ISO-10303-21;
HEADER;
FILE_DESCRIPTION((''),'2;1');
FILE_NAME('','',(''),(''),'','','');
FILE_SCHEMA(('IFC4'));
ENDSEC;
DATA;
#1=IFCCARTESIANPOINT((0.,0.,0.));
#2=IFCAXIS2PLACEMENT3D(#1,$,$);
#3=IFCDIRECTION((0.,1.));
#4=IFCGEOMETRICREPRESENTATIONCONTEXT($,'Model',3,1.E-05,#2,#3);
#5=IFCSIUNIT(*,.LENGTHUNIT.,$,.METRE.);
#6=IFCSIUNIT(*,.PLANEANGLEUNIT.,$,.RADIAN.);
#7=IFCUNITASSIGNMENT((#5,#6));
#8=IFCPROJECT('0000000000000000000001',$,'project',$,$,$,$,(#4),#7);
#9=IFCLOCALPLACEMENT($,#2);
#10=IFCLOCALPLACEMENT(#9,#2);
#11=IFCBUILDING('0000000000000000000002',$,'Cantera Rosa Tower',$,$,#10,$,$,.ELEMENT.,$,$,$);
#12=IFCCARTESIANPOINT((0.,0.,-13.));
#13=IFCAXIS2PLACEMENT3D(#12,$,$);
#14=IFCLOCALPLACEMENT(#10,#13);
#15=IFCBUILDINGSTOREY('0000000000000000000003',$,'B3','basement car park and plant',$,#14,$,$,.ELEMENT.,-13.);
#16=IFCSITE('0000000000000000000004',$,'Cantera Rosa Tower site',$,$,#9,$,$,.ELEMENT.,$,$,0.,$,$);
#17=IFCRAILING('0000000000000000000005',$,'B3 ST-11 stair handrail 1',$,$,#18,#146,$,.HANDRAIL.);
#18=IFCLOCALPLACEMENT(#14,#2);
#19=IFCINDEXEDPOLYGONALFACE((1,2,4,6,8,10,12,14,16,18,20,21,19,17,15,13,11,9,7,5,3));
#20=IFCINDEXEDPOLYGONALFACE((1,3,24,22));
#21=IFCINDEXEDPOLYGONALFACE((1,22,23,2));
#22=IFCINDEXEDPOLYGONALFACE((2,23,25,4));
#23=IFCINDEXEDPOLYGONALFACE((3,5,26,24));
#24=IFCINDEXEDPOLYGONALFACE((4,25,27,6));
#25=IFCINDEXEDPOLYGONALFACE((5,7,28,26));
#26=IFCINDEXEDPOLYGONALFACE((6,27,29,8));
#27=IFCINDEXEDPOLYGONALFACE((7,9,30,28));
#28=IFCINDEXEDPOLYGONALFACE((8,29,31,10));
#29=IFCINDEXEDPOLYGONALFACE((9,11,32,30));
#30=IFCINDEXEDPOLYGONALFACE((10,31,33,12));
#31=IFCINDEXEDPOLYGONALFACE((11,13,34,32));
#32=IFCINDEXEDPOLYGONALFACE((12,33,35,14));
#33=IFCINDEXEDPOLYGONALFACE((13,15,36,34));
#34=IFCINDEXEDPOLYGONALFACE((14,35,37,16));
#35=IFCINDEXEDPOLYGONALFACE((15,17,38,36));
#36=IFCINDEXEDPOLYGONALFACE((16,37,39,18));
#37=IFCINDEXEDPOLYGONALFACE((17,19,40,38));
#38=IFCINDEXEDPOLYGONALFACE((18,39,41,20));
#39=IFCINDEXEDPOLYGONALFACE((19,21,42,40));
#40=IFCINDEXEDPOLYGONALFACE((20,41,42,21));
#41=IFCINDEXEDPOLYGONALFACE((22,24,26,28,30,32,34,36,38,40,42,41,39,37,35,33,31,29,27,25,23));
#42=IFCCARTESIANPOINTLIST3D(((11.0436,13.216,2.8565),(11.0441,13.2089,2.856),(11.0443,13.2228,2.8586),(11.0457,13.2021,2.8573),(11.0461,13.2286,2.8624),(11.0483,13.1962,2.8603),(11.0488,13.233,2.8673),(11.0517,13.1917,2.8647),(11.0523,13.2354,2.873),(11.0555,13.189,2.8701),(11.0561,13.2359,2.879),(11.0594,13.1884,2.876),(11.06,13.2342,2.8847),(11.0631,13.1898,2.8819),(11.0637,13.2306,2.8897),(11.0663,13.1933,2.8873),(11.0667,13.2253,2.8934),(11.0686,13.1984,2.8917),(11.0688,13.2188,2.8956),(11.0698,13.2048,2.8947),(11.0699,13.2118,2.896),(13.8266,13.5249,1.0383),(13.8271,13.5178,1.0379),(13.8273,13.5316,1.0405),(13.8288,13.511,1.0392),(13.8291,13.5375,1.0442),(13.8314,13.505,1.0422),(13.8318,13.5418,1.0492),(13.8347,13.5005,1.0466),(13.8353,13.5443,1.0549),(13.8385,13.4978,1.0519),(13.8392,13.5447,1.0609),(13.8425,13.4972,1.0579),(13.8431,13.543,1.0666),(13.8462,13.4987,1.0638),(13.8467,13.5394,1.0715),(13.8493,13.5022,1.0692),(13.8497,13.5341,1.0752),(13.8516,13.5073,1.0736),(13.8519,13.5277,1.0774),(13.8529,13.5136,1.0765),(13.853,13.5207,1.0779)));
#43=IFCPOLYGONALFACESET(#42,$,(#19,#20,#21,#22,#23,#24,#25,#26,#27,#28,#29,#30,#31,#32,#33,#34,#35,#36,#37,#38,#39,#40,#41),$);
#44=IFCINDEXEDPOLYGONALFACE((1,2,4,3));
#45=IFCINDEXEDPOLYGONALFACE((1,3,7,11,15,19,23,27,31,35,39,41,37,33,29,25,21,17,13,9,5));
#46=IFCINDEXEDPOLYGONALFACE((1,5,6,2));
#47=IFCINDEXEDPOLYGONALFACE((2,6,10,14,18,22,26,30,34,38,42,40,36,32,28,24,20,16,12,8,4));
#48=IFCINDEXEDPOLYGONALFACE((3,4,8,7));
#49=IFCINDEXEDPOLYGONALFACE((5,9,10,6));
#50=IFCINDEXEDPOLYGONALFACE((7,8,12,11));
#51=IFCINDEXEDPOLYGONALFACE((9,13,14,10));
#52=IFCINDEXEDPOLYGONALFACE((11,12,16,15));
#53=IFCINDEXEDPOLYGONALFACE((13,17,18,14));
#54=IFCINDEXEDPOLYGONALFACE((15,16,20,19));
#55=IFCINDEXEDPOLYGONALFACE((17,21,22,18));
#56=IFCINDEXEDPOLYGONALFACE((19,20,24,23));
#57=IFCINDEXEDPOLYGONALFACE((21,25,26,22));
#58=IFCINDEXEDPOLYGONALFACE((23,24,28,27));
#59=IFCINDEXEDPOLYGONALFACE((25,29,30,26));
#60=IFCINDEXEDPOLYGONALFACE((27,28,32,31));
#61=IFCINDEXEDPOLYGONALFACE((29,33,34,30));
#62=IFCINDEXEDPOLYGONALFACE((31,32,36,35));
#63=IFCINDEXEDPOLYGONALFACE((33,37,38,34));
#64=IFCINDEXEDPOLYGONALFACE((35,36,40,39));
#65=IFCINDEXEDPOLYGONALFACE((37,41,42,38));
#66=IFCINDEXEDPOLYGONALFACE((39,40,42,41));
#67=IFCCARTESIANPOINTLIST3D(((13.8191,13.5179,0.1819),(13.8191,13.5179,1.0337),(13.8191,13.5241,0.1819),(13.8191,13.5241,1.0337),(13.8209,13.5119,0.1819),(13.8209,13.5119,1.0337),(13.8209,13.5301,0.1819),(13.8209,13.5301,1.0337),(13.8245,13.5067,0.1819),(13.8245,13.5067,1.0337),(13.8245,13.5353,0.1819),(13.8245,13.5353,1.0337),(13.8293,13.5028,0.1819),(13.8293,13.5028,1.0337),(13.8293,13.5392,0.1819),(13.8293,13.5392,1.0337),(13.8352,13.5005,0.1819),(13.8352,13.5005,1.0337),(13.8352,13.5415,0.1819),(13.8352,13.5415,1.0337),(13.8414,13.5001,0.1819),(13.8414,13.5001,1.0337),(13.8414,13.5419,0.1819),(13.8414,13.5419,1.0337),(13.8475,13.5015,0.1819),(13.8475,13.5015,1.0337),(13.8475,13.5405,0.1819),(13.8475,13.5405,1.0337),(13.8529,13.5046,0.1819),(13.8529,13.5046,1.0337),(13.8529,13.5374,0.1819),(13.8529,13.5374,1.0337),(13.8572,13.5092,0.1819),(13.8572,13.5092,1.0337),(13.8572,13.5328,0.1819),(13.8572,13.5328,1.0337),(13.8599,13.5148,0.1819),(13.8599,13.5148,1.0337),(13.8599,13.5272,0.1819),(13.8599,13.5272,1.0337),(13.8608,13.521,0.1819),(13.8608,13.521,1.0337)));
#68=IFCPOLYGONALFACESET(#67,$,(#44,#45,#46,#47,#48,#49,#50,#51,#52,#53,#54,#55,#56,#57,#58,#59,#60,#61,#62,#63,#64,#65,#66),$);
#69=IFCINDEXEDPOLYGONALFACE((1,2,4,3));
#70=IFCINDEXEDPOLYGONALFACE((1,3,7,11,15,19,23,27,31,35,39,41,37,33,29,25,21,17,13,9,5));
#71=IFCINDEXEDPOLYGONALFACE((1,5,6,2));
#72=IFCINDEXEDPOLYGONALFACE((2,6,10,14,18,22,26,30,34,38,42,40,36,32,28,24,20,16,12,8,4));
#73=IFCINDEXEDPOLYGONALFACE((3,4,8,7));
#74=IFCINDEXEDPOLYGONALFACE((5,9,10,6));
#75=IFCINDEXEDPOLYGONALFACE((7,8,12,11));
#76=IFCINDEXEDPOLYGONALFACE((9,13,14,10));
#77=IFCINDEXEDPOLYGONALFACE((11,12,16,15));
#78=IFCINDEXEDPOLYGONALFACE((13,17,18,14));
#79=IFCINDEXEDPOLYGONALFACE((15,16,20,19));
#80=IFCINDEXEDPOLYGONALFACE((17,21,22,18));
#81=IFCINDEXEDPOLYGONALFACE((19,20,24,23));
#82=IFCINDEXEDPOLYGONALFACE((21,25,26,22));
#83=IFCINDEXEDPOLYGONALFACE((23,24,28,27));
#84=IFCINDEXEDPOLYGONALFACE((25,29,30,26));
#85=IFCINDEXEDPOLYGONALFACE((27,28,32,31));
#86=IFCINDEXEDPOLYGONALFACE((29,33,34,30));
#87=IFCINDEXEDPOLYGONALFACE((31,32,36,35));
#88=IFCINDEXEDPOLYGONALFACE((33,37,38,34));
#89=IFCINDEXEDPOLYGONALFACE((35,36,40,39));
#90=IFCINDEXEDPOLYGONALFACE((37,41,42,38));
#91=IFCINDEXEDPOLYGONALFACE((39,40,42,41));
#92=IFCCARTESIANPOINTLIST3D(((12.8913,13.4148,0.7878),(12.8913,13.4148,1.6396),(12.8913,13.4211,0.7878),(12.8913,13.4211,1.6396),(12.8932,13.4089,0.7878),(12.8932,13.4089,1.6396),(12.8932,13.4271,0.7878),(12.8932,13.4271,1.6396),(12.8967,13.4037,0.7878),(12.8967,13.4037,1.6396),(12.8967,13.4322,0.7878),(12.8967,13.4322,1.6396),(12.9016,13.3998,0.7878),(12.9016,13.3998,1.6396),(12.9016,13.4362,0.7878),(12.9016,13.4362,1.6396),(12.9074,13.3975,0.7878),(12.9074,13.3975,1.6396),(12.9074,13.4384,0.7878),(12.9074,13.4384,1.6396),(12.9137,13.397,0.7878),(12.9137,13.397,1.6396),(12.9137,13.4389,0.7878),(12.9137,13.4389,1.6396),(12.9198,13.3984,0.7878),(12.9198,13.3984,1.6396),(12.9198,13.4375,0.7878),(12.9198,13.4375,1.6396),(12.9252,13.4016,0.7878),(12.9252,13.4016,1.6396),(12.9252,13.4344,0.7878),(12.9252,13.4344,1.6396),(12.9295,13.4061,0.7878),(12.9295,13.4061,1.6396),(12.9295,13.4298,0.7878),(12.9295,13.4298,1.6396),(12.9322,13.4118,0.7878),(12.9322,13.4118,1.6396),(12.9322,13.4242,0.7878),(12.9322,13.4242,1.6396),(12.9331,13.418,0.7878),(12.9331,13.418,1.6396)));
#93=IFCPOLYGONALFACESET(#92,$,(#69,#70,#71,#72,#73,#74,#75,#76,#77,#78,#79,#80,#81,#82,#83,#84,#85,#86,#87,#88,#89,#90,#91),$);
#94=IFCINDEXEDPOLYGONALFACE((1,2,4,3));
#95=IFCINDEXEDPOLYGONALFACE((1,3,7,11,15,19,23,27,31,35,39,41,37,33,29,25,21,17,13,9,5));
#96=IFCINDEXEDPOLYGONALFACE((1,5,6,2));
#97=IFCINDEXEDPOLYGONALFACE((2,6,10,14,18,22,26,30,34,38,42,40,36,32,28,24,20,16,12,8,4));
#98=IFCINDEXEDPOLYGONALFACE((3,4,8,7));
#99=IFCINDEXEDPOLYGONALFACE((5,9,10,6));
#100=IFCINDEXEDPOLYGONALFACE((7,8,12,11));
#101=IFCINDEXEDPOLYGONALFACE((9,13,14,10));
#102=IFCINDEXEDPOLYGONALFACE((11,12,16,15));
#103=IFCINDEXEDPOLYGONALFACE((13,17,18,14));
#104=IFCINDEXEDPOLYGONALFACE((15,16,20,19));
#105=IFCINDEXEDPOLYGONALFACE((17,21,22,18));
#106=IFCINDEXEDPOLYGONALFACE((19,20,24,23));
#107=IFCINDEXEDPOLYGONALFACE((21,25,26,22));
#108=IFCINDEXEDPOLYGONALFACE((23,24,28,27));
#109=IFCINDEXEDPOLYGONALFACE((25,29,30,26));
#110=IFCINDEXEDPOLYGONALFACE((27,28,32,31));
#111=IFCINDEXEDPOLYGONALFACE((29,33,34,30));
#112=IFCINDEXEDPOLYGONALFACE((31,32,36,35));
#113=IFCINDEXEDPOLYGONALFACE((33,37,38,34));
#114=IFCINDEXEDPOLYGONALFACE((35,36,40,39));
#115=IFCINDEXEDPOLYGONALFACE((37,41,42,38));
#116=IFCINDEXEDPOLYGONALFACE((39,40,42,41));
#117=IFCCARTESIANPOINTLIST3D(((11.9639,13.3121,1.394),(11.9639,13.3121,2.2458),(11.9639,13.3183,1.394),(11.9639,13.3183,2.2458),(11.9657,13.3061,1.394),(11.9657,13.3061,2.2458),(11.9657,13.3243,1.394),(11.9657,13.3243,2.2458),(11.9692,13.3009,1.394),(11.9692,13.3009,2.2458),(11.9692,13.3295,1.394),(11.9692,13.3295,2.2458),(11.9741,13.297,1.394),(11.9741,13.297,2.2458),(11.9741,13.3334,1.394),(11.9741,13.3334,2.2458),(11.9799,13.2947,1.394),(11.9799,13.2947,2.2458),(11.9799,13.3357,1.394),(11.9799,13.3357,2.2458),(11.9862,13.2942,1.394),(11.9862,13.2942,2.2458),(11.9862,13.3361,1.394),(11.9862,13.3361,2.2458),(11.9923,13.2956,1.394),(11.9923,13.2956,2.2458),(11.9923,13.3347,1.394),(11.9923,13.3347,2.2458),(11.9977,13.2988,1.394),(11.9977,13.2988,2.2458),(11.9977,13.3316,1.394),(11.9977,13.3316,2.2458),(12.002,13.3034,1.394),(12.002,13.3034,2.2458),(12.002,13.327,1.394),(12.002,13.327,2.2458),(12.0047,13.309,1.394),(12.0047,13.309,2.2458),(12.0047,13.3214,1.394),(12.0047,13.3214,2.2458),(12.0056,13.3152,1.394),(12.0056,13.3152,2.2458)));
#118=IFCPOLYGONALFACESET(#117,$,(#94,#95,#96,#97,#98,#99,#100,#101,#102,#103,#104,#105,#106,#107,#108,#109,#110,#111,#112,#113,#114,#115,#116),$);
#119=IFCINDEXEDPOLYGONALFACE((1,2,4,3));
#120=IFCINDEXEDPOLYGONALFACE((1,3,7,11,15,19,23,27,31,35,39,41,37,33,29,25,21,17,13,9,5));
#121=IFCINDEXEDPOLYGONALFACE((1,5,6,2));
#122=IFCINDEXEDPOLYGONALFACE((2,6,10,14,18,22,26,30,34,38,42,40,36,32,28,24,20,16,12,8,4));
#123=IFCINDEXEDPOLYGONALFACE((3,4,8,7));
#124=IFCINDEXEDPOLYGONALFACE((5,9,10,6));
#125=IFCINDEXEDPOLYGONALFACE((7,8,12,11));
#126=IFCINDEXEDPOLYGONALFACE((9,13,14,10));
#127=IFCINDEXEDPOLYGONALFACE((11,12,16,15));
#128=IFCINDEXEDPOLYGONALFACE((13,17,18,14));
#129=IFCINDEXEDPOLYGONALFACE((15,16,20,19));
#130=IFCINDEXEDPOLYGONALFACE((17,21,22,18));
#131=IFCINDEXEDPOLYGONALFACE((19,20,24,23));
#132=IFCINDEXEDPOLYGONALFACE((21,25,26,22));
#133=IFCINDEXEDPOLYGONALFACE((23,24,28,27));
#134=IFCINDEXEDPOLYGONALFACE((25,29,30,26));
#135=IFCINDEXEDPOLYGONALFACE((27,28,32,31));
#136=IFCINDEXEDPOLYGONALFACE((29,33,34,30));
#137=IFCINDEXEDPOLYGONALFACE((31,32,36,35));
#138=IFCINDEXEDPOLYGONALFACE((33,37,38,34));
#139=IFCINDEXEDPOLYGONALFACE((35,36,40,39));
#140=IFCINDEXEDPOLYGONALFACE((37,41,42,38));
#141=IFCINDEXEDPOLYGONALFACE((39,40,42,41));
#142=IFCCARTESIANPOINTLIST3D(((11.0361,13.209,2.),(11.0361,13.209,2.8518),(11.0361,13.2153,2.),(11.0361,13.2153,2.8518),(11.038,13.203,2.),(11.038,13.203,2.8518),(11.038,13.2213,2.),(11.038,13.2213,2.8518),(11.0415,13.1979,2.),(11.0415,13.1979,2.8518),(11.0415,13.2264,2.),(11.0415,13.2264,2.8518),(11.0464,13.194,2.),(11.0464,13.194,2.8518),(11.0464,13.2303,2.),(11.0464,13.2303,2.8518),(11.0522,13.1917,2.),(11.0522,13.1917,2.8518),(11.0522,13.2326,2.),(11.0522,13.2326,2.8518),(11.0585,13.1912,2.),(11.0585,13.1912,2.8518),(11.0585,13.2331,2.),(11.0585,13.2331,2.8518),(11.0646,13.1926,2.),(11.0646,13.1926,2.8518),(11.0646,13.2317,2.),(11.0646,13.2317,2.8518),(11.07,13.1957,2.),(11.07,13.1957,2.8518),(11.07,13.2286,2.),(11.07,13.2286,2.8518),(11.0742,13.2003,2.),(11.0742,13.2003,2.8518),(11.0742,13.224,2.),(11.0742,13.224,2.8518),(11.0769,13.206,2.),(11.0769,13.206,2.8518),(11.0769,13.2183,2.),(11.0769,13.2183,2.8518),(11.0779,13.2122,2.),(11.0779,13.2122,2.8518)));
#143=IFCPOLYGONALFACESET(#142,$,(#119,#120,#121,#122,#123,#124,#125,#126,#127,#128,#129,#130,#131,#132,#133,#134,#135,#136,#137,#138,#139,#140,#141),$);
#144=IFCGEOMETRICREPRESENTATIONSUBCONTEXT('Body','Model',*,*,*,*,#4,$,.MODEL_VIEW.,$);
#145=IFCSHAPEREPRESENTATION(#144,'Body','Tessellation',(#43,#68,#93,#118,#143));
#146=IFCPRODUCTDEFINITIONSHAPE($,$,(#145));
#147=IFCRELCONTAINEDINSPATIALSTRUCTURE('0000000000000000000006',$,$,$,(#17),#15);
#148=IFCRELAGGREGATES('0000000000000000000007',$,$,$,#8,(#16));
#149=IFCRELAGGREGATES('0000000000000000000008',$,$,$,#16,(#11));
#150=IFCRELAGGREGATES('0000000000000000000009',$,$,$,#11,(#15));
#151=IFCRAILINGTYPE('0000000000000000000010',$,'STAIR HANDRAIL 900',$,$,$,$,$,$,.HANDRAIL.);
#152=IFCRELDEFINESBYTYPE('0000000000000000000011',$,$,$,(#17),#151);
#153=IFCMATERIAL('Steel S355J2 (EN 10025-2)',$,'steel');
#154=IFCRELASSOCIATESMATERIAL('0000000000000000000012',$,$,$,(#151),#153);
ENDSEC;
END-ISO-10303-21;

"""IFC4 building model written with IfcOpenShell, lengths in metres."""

from ifc_helpers import new_model, si_unit, direction, frame, origin, origin_2d, place, context, subcontext, project, spatial, circle, extrude, material, type_object, element, save


model = new_model("IFC4")

# Units and contexts
model_context = context("Model", 3, precision=1e-05, world=origin(), true_north=direction((0.0, 1.0)))
body_context = subcontext(model_context, "Body", "Model", "MODEL_VIEW")
ifc_project = project(units=[si_unit("LENGTHUNIT", "METRE"), si_unit("PLANEANGLEUNIT", "RADIAN")], contexts=[model_context])

# Site, building, storey
site_placement = place(None, origin())
site = spatial("IfcSite", under=ifc_project, at=site_placement, Name="Cantera Rosa Tower site", CompositionType="ELEMENT", RefElevation=0.0)
building_placement = place(site_placement, origin())
building = spatial("IfcBuilding", under=site, at=building_placement, Name="Cantera Rosa Tower", CompositionType="ELEMENT")
storey_placement = place(building_placement, frame((0.0, 0.0, -13.0)))
storey = spatial("IfcBuildingStorey", under=building, at=storey_placement, Name="B3", Description="basement car park and plant", CompositionType="ELEMENT", Elevation=-13.0)

# Railing
ifc_material_1 = material(Name="Steel S355J2 (EN 10025-2)", Category="steel")
railing_type_1 = type_object("IfcRailingType", Name="STAIR HANDRAIL 900", PredefinedType="HANDRAIL", material=ifc_material_1)
railing_1_placement = place(storey_placement, frame((13.8398, 13.521, 0.1819)))
element("IfcRailing", 1, at=railing_1_placement, inside=storey, type_object=railing_type_1, Name="B3 ST-11 stair handrail 1", PredefinedType="HANDRAIL", context=body_context, shape_type="SweptSolid", body=[
    extrude(circle(Radius=0.0239, at=origin_2d()), frame((0.0, 0.0, 0.876), z_axis=(-0.833588, -0.092507, 0.544586), x_axis=(0.110298, -0.993899, 0.0)), (0.0, 0.0, 1.0), 3.3386),
    extrude(circle(Radius=0.021, at=origin_2d()), origin(), (0.0, 0.0, 1.0), 0.8518),
    extrude(circle(Radius=0.021, at=origin_2d()), frame((-0.9277, -0.103, 0.606)), (0.0, 0.0, 1.0), 0.8518),
    extrude(circle(Radius=0.021, at=origin_2d()), frame((-1.8552, -0.2058, 1.2122)), (0.0, 0.0, 1.0), 0.8518),
    extrude(circle(Radius=0.021, at=origin_2d()), frame((-2.783, -0.3088, 1.8181)), (0.0, 0.0, 1.0), 0.8518),
])

save(model, "model.ifc")
